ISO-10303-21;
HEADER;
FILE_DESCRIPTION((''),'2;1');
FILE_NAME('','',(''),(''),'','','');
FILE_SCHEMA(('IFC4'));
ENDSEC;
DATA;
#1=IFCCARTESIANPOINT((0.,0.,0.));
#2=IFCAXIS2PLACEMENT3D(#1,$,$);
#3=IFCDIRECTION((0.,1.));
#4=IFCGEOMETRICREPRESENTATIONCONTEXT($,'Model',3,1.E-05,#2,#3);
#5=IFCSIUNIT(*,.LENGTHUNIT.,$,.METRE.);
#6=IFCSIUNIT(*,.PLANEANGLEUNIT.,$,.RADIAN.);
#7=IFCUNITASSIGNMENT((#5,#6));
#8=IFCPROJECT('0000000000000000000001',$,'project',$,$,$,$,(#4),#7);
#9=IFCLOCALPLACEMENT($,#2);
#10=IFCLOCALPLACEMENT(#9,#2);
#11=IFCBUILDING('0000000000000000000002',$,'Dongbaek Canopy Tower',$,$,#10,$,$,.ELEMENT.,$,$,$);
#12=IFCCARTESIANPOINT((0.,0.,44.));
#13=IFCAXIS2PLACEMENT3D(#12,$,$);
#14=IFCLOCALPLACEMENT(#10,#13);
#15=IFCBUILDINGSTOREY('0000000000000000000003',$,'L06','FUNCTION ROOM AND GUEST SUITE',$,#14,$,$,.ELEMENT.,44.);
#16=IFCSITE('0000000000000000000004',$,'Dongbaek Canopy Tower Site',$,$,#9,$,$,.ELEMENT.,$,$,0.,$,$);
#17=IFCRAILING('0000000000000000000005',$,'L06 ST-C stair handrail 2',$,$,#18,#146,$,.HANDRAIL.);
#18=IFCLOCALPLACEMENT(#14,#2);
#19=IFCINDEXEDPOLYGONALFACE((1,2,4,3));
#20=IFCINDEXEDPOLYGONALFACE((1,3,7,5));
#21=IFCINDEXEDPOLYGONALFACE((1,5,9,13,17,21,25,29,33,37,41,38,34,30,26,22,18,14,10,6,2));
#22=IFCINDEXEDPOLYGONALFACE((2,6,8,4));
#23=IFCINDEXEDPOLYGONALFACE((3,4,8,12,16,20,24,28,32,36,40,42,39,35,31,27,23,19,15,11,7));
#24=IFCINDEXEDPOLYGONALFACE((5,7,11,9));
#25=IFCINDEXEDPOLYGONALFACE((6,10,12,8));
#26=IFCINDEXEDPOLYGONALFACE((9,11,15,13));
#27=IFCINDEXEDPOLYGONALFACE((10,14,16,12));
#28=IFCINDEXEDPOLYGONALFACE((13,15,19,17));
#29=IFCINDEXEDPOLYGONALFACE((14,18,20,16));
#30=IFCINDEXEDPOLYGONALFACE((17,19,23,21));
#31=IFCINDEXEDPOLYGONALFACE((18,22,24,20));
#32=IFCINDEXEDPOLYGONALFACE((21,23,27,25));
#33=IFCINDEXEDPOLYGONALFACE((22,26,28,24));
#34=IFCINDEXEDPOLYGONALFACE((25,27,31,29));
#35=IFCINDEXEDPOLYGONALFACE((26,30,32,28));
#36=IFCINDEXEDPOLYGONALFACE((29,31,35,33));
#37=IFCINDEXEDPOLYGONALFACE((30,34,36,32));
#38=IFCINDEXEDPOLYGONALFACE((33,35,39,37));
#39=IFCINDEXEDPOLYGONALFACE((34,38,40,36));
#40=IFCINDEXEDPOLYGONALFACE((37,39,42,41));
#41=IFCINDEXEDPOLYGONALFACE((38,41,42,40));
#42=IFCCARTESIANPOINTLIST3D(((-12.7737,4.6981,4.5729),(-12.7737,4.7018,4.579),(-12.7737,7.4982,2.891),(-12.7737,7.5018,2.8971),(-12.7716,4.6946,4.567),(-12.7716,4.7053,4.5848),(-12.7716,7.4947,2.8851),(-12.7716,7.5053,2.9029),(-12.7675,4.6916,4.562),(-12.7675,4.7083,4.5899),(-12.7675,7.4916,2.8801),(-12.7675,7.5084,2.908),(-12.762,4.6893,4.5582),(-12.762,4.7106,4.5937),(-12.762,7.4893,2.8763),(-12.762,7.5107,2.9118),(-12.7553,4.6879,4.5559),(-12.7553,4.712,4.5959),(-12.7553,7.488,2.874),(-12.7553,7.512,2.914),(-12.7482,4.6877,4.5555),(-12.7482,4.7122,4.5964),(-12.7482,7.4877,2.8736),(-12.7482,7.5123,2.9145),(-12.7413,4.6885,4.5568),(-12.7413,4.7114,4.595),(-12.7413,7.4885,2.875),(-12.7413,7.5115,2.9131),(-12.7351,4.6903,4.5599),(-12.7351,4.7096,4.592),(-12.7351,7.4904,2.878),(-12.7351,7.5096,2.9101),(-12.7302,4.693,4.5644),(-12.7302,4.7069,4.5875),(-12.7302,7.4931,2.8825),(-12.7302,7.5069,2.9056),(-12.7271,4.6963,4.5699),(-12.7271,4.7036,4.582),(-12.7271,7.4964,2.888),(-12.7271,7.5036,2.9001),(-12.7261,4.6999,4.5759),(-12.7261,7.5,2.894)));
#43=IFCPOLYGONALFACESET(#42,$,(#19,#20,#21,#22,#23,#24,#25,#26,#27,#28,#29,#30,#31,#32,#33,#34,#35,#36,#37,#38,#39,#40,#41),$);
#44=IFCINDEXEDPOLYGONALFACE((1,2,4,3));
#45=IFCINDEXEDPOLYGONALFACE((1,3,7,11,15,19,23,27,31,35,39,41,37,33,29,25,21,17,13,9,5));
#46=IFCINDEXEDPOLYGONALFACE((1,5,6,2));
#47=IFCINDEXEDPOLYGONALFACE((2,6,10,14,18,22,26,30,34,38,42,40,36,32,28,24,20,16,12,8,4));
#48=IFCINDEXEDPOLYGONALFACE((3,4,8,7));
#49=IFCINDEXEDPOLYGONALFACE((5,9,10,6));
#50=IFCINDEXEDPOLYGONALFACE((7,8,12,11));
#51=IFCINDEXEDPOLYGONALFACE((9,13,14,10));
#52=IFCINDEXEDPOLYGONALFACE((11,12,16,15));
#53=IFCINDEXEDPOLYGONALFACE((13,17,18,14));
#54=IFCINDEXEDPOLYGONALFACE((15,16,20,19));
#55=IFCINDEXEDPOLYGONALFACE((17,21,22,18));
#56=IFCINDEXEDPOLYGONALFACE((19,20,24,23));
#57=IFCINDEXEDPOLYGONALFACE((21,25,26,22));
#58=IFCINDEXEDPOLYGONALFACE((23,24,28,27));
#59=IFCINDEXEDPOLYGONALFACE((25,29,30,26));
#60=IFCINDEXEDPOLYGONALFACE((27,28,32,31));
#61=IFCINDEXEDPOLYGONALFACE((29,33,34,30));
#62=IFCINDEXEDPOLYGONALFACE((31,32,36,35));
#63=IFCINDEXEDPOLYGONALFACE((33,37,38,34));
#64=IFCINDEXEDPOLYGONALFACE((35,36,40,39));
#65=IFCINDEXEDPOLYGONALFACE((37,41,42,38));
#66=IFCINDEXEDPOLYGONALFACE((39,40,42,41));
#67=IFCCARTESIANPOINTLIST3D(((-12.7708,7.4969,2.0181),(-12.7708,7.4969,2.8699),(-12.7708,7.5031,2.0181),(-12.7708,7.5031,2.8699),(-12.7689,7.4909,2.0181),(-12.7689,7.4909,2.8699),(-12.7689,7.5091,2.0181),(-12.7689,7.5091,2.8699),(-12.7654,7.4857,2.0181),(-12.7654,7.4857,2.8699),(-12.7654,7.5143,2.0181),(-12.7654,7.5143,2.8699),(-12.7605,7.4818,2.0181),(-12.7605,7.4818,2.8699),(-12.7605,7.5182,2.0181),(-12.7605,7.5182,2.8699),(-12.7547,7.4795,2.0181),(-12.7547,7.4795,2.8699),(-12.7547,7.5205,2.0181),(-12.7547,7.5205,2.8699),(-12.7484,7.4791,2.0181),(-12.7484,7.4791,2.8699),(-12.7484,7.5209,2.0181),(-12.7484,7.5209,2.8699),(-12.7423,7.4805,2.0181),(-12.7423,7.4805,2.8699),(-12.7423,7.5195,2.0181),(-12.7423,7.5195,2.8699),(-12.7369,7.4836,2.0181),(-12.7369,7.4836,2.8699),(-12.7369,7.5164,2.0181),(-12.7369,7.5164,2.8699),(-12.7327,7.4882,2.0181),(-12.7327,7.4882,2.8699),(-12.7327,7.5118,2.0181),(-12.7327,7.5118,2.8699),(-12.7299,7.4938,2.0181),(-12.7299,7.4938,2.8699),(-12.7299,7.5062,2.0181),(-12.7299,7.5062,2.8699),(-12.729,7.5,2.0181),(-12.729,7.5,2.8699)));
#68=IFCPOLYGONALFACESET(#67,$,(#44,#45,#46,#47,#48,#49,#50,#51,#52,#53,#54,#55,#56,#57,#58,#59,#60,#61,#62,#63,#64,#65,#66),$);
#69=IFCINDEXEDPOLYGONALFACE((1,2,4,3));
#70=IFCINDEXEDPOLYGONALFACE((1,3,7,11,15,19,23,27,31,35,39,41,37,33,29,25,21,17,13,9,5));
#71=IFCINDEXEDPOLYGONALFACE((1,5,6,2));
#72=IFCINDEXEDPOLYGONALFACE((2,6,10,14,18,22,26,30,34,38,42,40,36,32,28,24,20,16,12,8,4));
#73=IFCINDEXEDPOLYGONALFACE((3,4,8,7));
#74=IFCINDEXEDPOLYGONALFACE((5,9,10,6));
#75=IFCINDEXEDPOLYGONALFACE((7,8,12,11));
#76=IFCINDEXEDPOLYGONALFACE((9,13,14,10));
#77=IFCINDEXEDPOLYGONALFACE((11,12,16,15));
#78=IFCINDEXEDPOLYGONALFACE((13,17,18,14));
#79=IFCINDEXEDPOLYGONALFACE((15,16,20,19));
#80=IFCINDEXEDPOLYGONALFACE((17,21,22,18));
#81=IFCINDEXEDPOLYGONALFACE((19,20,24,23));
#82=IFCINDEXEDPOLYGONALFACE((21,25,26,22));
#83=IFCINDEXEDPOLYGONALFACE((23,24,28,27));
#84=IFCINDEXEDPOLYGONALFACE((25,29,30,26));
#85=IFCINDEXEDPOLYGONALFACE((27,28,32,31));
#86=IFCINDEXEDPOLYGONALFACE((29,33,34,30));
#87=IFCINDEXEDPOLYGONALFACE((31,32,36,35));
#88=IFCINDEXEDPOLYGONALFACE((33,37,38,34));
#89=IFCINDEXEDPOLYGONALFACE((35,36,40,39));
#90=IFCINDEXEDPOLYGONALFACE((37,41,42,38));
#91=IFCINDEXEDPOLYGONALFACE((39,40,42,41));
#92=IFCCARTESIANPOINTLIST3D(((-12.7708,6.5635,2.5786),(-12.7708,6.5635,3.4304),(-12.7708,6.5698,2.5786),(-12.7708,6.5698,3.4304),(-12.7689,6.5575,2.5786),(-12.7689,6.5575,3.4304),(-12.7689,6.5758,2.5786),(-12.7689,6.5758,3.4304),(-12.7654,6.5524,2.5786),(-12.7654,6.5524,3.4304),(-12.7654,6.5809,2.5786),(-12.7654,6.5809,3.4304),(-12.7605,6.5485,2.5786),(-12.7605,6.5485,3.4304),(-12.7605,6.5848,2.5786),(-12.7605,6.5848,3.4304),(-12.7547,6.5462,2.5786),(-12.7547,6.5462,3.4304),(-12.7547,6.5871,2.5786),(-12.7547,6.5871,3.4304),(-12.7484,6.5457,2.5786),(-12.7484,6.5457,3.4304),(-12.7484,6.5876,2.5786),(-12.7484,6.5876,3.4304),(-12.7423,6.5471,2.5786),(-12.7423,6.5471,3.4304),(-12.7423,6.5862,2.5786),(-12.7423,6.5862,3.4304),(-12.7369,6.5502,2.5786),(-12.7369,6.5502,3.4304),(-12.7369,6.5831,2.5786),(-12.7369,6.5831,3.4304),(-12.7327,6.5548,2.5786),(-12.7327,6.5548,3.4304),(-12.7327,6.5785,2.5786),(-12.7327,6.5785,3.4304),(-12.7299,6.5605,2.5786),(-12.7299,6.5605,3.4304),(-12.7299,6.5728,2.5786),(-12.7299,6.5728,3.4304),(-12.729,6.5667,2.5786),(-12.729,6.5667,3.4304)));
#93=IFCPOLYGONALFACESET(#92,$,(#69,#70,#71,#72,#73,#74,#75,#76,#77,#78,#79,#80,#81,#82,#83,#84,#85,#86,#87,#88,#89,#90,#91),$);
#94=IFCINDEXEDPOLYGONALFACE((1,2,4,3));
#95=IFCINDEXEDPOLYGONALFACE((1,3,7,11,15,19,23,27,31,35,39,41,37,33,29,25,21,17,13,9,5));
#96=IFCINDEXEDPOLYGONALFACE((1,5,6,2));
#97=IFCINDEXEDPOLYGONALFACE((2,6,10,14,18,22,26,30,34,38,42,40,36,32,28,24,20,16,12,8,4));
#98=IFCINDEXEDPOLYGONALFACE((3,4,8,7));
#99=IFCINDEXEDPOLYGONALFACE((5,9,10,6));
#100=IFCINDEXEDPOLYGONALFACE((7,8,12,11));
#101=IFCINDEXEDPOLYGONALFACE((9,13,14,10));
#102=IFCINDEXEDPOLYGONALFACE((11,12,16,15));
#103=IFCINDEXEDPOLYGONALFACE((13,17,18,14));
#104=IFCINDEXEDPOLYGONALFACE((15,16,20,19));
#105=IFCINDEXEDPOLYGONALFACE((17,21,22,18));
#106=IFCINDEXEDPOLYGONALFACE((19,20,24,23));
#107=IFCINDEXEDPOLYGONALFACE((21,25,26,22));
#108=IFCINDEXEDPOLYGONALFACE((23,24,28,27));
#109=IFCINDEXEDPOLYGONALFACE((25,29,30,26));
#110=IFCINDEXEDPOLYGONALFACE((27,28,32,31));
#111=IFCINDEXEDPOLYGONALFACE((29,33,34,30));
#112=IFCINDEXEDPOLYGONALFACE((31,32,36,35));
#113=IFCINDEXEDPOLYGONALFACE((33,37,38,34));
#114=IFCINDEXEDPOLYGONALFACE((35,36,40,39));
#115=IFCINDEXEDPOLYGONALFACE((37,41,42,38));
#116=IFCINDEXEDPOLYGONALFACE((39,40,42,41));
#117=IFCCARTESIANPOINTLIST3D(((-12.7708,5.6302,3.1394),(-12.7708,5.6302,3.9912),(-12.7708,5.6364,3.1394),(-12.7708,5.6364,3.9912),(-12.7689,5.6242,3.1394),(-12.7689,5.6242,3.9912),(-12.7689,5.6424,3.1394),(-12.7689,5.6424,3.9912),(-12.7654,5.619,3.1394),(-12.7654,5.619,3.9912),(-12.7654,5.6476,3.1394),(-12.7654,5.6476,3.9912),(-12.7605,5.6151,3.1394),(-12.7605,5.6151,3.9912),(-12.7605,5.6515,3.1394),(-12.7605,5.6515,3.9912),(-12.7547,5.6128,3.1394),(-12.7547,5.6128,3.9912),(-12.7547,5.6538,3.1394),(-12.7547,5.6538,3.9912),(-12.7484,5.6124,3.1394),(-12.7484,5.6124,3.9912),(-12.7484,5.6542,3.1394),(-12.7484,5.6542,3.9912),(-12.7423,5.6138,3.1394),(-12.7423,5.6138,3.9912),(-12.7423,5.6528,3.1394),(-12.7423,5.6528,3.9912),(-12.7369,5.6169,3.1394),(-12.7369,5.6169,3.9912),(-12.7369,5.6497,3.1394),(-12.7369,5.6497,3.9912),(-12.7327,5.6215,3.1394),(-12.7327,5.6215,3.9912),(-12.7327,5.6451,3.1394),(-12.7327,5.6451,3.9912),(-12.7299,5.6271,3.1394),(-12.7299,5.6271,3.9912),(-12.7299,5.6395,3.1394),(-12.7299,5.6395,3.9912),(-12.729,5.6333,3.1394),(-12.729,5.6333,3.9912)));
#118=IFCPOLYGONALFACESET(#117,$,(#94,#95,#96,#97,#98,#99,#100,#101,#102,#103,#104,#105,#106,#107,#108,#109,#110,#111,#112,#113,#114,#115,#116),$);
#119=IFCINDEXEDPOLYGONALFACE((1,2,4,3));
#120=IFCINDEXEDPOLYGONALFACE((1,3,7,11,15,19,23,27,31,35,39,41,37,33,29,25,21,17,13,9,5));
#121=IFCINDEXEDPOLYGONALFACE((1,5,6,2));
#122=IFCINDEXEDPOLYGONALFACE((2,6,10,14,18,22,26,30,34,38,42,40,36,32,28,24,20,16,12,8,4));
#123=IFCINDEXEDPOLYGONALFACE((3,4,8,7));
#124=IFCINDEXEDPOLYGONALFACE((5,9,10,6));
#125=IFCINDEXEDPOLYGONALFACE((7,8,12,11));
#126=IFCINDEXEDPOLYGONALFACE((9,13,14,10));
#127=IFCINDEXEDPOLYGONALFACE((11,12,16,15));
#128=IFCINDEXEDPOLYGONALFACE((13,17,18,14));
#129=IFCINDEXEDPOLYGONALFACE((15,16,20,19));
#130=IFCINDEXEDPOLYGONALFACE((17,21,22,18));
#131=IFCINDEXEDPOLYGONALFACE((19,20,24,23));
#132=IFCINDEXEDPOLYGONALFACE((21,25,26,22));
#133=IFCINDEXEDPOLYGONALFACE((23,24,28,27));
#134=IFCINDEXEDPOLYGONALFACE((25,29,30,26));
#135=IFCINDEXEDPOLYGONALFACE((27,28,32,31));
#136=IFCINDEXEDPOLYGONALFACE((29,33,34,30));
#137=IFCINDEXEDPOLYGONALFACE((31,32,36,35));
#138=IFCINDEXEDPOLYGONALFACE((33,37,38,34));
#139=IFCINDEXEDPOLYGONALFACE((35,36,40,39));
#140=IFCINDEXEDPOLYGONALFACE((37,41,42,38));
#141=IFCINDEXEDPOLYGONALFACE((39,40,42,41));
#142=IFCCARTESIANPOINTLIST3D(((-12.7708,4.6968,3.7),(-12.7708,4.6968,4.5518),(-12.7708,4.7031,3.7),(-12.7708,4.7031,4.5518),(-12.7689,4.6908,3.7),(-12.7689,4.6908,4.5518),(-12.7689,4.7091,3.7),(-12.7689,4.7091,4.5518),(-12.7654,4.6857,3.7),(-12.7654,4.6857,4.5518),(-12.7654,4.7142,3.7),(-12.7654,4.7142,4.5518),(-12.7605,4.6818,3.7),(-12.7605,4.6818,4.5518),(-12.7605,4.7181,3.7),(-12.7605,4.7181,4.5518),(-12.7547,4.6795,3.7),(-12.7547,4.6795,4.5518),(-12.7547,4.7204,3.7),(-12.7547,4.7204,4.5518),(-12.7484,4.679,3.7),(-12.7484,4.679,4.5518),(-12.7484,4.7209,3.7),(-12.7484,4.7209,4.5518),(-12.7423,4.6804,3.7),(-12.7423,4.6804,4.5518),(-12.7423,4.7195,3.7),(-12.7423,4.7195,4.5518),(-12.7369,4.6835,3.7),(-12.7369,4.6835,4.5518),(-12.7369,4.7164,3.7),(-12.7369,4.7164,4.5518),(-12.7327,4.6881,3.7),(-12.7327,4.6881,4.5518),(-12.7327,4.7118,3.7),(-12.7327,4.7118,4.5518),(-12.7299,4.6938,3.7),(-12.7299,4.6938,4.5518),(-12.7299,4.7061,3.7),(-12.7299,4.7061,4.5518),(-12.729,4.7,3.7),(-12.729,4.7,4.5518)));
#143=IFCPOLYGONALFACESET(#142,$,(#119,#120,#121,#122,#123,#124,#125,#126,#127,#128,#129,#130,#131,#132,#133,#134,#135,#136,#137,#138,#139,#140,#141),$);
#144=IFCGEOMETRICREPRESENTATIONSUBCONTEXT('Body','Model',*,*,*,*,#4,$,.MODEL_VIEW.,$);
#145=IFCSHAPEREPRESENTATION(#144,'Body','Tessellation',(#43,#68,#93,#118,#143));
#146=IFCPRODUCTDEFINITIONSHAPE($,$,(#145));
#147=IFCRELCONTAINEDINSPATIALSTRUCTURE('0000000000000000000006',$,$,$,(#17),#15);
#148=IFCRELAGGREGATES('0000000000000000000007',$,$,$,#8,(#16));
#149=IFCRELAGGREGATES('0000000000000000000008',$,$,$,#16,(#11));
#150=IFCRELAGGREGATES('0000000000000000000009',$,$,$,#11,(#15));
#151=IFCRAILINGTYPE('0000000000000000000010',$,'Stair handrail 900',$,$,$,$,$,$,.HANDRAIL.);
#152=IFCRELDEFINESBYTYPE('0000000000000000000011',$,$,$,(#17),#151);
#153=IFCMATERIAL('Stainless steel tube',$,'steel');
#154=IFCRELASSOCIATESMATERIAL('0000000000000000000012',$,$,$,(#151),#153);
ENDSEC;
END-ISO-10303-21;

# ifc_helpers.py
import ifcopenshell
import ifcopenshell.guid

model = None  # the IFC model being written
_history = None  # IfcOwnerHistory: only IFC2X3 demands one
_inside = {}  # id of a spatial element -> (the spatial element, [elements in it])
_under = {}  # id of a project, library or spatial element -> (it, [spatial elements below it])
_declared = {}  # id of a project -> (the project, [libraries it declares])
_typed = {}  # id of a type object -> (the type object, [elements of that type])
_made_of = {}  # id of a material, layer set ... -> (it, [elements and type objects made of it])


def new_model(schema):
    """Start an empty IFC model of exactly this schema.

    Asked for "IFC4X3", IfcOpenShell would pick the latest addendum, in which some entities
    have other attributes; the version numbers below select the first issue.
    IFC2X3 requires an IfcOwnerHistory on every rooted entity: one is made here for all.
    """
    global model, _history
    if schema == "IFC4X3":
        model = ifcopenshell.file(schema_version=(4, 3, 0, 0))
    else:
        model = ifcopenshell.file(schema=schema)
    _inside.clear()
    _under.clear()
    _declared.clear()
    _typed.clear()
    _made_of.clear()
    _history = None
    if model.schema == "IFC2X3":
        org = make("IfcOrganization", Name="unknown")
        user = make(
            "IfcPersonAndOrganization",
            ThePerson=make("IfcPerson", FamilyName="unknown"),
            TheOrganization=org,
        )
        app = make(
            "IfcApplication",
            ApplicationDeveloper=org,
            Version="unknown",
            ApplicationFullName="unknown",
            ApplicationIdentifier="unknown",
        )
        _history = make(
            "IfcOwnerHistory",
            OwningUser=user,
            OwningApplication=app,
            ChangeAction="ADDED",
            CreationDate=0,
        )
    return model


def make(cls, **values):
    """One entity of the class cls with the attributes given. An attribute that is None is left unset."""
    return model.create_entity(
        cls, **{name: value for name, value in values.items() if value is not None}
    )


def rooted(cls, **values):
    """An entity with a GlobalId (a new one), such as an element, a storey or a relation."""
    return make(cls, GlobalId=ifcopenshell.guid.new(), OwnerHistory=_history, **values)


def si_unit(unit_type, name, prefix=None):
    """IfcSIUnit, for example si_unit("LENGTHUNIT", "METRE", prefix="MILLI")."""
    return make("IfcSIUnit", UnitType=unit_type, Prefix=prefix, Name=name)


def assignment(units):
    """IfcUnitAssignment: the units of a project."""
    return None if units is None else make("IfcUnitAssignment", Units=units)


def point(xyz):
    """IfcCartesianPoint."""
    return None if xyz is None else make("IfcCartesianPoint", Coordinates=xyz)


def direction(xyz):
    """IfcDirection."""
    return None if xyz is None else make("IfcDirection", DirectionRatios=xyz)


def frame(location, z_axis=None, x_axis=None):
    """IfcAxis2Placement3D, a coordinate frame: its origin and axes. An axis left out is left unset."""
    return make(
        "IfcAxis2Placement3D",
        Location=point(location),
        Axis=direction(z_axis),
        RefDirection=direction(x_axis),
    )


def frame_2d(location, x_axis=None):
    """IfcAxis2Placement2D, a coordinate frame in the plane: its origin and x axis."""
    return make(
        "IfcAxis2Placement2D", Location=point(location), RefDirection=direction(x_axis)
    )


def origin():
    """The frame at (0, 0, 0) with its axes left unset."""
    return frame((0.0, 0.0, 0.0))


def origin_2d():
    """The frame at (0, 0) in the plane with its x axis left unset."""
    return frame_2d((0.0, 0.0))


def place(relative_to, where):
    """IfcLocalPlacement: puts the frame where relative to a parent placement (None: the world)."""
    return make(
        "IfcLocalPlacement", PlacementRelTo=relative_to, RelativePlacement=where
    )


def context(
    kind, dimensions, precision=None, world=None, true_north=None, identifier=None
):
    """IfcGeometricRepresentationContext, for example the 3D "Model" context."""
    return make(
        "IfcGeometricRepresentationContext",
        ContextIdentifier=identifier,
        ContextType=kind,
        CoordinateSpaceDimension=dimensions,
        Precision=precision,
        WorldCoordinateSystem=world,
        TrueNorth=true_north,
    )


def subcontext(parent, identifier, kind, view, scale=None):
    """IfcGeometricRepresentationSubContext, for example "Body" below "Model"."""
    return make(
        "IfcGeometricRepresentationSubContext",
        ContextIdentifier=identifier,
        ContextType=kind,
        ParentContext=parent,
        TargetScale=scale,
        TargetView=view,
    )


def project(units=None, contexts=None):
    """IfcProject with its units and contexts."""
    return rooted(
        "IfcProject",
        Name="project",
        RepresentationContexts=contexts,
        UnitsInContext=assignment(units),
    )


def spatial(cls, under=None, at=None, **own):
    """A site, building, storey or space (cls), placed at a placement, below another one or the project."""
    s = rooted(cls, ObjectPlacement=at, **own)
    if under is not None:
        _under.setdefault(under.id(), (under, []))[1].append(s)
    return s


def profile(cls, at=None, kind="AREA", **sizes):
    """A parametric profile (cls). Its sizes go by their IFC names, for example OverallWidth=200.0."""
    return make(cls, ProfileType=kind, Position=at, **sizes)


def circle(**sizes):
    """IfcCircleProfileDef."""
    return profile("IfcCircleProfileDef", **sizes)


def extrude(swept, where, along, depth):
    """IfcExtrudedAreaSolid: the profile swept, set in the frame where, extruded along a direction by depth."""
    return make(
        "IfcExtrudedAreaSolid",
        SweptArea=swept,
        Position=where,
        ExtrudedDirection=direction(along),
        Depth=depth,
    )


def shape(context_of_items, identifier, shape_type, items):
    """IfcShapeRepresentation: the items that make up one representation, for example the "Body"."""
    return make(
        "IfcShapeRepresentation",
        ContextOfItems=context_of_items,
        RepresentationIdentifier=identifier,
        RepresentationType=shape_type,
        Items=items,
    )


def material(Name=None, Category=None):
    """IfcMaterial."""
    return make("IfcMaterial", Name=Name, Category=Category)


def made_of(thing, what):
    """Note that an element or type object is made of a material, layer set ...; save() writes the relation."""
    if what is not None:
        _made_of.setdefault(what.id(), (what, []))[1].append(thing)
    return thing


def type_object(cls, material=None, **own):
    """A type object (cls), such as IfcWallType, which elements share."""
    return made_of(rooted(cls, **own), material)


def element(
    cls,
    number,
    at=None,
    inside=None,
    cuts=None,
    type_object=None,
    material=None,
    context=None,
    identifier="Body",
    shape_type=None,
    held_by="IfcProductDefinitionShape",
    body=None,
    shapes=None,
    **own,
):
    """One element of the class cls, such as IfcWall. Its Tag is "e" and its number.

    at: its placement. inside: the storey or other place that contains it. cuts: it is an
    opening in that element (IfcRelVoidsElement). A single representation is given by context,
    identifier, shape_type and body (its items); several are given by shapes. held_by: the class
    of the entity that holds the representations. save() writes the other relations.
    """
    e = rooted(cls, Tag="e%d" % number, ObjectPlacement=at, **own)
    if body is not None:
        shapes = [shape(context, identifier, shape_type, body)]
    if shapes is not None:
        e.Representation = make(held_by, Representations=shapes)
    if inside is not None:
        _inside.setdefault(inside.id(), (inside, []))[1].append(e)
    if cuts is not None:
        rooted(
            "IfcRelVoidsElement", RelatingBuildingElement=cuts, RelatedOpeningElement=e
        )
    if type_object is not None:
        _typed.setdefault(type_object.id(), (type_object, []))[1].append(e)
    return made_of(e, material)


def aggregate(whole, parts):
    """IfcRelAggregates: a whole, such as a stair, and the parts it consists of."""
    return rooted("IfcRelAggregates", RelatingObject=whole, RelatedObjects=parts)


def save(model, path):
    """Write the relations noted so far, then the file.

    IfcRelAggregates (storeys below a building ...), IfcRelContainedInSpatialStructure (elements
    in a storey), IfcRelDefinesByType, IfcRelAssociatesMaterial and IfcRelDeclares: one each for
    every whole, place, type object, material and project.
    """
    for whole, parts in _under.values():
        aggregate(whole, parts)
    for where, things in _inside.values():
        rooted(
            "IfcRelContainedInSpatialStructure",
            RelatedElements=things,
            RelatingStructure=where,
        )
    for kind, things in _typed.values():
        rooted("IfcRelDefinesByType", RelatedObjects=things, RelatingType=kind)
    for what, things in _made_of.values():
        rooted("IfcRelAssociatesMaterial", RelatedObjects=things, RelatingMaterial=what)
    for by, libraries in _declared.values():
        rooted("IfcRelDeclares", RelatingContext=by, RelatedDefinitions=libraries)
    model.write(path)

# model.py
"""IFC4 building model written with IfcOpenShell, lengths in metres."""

from ifc_helpers import new_model, si_unit, direction, frame, origin, origin_2d, place, context, subcontext, project, spatial, circle, extrude, material, type_object, element, save


model = new_model("IFC4")

# Units and contexts
model_context = context("Model", 3, precision=1e-05, world=origin(), true_north=direction((0.0, 1.0)))
body_context = subcontext(model_context, "Body", "Model", "MODEL_VIEW")
ifc_project = project(units=[si_unit("LENGTHUNIT", "METRE"), si_unit("PLANEANGLEUNIT", "RADIAN")], contexts=[model_context])

# Site, building, storey
site_placement = place(None, origin())
site = spatial("IfcSite", under=ifc_project, at=site_placement, Name="Dongbaek Canopy Tower Site", CompositionType="ELEMENT", RefElevation=0.0)
building_placement = place(site_placement, origin())
building = spatial("IfcBuilding", under=site, at=building_placement, Name="Dongbaek Canopy Tower", CompositionType="ELEMENT")
storey_placement = place(building_placement, frame((0.0, 0.0, 44.0)))
storey = spatial("IfcBuildingStorey", under=building, at=storey_placement, Name="L06", Description="FUNCTION ROOM AND GUEST SUITE", CompositionType="ELEMENT", Elevation=44.0)

# Railing
ifc_material_1 = material(Name="Stainless steel tube", Category="steel")
railing_type_1 = type_object("IfcRailingType", Name="Stair handrail 900", PredefinedType="HANDRAIL", material=ifc_material_1)
railing_1_placement = place(storey_placement, frame((-12.75, 7.5, 2.0181)))
element("IfcRailing", 1, at=railing_1_placement, inside=storey, type_object=railing_type_1, Name="L06 ST-C stair handrail 2", PredefinedType="HANDRAIL", context=body_context, shape_type="SweptSolid", body=[
    extrude(circle(Radius=0.0239, at=origin_2d()), frame((0.0, 0.0, 0.876), z_axis=(0.0, -0.857242, 0.514913), x_axis=(1.0, 0.0, 0.0)), (0.0, 0.0, 1.0), 3.2664),
    extrude(circle(Radius=0.021, at=origin_2d()), origin(), (0.0, 0.0, 1.0), 0.8518),
    extrude(circle(Radius=0.021, at=origin_2d()), frame((0.0, -0.9333, 0.5605)), (0.0, 0.0, 1.0), 0.8518),
    extrude(circle(Radius=0.021, at=origin_2d()), frame((0.0, -1.8667, 1.1213)), (0.0, 0.0, 1.0), 0.8518),
    extrude(circle(Radius=0.021, at=origin_2d()), frame((0.0, -2.8, 1.6819)), (0.0, 0.0, 1.0), 0.8518),
])

save(model, "model.ifc")
